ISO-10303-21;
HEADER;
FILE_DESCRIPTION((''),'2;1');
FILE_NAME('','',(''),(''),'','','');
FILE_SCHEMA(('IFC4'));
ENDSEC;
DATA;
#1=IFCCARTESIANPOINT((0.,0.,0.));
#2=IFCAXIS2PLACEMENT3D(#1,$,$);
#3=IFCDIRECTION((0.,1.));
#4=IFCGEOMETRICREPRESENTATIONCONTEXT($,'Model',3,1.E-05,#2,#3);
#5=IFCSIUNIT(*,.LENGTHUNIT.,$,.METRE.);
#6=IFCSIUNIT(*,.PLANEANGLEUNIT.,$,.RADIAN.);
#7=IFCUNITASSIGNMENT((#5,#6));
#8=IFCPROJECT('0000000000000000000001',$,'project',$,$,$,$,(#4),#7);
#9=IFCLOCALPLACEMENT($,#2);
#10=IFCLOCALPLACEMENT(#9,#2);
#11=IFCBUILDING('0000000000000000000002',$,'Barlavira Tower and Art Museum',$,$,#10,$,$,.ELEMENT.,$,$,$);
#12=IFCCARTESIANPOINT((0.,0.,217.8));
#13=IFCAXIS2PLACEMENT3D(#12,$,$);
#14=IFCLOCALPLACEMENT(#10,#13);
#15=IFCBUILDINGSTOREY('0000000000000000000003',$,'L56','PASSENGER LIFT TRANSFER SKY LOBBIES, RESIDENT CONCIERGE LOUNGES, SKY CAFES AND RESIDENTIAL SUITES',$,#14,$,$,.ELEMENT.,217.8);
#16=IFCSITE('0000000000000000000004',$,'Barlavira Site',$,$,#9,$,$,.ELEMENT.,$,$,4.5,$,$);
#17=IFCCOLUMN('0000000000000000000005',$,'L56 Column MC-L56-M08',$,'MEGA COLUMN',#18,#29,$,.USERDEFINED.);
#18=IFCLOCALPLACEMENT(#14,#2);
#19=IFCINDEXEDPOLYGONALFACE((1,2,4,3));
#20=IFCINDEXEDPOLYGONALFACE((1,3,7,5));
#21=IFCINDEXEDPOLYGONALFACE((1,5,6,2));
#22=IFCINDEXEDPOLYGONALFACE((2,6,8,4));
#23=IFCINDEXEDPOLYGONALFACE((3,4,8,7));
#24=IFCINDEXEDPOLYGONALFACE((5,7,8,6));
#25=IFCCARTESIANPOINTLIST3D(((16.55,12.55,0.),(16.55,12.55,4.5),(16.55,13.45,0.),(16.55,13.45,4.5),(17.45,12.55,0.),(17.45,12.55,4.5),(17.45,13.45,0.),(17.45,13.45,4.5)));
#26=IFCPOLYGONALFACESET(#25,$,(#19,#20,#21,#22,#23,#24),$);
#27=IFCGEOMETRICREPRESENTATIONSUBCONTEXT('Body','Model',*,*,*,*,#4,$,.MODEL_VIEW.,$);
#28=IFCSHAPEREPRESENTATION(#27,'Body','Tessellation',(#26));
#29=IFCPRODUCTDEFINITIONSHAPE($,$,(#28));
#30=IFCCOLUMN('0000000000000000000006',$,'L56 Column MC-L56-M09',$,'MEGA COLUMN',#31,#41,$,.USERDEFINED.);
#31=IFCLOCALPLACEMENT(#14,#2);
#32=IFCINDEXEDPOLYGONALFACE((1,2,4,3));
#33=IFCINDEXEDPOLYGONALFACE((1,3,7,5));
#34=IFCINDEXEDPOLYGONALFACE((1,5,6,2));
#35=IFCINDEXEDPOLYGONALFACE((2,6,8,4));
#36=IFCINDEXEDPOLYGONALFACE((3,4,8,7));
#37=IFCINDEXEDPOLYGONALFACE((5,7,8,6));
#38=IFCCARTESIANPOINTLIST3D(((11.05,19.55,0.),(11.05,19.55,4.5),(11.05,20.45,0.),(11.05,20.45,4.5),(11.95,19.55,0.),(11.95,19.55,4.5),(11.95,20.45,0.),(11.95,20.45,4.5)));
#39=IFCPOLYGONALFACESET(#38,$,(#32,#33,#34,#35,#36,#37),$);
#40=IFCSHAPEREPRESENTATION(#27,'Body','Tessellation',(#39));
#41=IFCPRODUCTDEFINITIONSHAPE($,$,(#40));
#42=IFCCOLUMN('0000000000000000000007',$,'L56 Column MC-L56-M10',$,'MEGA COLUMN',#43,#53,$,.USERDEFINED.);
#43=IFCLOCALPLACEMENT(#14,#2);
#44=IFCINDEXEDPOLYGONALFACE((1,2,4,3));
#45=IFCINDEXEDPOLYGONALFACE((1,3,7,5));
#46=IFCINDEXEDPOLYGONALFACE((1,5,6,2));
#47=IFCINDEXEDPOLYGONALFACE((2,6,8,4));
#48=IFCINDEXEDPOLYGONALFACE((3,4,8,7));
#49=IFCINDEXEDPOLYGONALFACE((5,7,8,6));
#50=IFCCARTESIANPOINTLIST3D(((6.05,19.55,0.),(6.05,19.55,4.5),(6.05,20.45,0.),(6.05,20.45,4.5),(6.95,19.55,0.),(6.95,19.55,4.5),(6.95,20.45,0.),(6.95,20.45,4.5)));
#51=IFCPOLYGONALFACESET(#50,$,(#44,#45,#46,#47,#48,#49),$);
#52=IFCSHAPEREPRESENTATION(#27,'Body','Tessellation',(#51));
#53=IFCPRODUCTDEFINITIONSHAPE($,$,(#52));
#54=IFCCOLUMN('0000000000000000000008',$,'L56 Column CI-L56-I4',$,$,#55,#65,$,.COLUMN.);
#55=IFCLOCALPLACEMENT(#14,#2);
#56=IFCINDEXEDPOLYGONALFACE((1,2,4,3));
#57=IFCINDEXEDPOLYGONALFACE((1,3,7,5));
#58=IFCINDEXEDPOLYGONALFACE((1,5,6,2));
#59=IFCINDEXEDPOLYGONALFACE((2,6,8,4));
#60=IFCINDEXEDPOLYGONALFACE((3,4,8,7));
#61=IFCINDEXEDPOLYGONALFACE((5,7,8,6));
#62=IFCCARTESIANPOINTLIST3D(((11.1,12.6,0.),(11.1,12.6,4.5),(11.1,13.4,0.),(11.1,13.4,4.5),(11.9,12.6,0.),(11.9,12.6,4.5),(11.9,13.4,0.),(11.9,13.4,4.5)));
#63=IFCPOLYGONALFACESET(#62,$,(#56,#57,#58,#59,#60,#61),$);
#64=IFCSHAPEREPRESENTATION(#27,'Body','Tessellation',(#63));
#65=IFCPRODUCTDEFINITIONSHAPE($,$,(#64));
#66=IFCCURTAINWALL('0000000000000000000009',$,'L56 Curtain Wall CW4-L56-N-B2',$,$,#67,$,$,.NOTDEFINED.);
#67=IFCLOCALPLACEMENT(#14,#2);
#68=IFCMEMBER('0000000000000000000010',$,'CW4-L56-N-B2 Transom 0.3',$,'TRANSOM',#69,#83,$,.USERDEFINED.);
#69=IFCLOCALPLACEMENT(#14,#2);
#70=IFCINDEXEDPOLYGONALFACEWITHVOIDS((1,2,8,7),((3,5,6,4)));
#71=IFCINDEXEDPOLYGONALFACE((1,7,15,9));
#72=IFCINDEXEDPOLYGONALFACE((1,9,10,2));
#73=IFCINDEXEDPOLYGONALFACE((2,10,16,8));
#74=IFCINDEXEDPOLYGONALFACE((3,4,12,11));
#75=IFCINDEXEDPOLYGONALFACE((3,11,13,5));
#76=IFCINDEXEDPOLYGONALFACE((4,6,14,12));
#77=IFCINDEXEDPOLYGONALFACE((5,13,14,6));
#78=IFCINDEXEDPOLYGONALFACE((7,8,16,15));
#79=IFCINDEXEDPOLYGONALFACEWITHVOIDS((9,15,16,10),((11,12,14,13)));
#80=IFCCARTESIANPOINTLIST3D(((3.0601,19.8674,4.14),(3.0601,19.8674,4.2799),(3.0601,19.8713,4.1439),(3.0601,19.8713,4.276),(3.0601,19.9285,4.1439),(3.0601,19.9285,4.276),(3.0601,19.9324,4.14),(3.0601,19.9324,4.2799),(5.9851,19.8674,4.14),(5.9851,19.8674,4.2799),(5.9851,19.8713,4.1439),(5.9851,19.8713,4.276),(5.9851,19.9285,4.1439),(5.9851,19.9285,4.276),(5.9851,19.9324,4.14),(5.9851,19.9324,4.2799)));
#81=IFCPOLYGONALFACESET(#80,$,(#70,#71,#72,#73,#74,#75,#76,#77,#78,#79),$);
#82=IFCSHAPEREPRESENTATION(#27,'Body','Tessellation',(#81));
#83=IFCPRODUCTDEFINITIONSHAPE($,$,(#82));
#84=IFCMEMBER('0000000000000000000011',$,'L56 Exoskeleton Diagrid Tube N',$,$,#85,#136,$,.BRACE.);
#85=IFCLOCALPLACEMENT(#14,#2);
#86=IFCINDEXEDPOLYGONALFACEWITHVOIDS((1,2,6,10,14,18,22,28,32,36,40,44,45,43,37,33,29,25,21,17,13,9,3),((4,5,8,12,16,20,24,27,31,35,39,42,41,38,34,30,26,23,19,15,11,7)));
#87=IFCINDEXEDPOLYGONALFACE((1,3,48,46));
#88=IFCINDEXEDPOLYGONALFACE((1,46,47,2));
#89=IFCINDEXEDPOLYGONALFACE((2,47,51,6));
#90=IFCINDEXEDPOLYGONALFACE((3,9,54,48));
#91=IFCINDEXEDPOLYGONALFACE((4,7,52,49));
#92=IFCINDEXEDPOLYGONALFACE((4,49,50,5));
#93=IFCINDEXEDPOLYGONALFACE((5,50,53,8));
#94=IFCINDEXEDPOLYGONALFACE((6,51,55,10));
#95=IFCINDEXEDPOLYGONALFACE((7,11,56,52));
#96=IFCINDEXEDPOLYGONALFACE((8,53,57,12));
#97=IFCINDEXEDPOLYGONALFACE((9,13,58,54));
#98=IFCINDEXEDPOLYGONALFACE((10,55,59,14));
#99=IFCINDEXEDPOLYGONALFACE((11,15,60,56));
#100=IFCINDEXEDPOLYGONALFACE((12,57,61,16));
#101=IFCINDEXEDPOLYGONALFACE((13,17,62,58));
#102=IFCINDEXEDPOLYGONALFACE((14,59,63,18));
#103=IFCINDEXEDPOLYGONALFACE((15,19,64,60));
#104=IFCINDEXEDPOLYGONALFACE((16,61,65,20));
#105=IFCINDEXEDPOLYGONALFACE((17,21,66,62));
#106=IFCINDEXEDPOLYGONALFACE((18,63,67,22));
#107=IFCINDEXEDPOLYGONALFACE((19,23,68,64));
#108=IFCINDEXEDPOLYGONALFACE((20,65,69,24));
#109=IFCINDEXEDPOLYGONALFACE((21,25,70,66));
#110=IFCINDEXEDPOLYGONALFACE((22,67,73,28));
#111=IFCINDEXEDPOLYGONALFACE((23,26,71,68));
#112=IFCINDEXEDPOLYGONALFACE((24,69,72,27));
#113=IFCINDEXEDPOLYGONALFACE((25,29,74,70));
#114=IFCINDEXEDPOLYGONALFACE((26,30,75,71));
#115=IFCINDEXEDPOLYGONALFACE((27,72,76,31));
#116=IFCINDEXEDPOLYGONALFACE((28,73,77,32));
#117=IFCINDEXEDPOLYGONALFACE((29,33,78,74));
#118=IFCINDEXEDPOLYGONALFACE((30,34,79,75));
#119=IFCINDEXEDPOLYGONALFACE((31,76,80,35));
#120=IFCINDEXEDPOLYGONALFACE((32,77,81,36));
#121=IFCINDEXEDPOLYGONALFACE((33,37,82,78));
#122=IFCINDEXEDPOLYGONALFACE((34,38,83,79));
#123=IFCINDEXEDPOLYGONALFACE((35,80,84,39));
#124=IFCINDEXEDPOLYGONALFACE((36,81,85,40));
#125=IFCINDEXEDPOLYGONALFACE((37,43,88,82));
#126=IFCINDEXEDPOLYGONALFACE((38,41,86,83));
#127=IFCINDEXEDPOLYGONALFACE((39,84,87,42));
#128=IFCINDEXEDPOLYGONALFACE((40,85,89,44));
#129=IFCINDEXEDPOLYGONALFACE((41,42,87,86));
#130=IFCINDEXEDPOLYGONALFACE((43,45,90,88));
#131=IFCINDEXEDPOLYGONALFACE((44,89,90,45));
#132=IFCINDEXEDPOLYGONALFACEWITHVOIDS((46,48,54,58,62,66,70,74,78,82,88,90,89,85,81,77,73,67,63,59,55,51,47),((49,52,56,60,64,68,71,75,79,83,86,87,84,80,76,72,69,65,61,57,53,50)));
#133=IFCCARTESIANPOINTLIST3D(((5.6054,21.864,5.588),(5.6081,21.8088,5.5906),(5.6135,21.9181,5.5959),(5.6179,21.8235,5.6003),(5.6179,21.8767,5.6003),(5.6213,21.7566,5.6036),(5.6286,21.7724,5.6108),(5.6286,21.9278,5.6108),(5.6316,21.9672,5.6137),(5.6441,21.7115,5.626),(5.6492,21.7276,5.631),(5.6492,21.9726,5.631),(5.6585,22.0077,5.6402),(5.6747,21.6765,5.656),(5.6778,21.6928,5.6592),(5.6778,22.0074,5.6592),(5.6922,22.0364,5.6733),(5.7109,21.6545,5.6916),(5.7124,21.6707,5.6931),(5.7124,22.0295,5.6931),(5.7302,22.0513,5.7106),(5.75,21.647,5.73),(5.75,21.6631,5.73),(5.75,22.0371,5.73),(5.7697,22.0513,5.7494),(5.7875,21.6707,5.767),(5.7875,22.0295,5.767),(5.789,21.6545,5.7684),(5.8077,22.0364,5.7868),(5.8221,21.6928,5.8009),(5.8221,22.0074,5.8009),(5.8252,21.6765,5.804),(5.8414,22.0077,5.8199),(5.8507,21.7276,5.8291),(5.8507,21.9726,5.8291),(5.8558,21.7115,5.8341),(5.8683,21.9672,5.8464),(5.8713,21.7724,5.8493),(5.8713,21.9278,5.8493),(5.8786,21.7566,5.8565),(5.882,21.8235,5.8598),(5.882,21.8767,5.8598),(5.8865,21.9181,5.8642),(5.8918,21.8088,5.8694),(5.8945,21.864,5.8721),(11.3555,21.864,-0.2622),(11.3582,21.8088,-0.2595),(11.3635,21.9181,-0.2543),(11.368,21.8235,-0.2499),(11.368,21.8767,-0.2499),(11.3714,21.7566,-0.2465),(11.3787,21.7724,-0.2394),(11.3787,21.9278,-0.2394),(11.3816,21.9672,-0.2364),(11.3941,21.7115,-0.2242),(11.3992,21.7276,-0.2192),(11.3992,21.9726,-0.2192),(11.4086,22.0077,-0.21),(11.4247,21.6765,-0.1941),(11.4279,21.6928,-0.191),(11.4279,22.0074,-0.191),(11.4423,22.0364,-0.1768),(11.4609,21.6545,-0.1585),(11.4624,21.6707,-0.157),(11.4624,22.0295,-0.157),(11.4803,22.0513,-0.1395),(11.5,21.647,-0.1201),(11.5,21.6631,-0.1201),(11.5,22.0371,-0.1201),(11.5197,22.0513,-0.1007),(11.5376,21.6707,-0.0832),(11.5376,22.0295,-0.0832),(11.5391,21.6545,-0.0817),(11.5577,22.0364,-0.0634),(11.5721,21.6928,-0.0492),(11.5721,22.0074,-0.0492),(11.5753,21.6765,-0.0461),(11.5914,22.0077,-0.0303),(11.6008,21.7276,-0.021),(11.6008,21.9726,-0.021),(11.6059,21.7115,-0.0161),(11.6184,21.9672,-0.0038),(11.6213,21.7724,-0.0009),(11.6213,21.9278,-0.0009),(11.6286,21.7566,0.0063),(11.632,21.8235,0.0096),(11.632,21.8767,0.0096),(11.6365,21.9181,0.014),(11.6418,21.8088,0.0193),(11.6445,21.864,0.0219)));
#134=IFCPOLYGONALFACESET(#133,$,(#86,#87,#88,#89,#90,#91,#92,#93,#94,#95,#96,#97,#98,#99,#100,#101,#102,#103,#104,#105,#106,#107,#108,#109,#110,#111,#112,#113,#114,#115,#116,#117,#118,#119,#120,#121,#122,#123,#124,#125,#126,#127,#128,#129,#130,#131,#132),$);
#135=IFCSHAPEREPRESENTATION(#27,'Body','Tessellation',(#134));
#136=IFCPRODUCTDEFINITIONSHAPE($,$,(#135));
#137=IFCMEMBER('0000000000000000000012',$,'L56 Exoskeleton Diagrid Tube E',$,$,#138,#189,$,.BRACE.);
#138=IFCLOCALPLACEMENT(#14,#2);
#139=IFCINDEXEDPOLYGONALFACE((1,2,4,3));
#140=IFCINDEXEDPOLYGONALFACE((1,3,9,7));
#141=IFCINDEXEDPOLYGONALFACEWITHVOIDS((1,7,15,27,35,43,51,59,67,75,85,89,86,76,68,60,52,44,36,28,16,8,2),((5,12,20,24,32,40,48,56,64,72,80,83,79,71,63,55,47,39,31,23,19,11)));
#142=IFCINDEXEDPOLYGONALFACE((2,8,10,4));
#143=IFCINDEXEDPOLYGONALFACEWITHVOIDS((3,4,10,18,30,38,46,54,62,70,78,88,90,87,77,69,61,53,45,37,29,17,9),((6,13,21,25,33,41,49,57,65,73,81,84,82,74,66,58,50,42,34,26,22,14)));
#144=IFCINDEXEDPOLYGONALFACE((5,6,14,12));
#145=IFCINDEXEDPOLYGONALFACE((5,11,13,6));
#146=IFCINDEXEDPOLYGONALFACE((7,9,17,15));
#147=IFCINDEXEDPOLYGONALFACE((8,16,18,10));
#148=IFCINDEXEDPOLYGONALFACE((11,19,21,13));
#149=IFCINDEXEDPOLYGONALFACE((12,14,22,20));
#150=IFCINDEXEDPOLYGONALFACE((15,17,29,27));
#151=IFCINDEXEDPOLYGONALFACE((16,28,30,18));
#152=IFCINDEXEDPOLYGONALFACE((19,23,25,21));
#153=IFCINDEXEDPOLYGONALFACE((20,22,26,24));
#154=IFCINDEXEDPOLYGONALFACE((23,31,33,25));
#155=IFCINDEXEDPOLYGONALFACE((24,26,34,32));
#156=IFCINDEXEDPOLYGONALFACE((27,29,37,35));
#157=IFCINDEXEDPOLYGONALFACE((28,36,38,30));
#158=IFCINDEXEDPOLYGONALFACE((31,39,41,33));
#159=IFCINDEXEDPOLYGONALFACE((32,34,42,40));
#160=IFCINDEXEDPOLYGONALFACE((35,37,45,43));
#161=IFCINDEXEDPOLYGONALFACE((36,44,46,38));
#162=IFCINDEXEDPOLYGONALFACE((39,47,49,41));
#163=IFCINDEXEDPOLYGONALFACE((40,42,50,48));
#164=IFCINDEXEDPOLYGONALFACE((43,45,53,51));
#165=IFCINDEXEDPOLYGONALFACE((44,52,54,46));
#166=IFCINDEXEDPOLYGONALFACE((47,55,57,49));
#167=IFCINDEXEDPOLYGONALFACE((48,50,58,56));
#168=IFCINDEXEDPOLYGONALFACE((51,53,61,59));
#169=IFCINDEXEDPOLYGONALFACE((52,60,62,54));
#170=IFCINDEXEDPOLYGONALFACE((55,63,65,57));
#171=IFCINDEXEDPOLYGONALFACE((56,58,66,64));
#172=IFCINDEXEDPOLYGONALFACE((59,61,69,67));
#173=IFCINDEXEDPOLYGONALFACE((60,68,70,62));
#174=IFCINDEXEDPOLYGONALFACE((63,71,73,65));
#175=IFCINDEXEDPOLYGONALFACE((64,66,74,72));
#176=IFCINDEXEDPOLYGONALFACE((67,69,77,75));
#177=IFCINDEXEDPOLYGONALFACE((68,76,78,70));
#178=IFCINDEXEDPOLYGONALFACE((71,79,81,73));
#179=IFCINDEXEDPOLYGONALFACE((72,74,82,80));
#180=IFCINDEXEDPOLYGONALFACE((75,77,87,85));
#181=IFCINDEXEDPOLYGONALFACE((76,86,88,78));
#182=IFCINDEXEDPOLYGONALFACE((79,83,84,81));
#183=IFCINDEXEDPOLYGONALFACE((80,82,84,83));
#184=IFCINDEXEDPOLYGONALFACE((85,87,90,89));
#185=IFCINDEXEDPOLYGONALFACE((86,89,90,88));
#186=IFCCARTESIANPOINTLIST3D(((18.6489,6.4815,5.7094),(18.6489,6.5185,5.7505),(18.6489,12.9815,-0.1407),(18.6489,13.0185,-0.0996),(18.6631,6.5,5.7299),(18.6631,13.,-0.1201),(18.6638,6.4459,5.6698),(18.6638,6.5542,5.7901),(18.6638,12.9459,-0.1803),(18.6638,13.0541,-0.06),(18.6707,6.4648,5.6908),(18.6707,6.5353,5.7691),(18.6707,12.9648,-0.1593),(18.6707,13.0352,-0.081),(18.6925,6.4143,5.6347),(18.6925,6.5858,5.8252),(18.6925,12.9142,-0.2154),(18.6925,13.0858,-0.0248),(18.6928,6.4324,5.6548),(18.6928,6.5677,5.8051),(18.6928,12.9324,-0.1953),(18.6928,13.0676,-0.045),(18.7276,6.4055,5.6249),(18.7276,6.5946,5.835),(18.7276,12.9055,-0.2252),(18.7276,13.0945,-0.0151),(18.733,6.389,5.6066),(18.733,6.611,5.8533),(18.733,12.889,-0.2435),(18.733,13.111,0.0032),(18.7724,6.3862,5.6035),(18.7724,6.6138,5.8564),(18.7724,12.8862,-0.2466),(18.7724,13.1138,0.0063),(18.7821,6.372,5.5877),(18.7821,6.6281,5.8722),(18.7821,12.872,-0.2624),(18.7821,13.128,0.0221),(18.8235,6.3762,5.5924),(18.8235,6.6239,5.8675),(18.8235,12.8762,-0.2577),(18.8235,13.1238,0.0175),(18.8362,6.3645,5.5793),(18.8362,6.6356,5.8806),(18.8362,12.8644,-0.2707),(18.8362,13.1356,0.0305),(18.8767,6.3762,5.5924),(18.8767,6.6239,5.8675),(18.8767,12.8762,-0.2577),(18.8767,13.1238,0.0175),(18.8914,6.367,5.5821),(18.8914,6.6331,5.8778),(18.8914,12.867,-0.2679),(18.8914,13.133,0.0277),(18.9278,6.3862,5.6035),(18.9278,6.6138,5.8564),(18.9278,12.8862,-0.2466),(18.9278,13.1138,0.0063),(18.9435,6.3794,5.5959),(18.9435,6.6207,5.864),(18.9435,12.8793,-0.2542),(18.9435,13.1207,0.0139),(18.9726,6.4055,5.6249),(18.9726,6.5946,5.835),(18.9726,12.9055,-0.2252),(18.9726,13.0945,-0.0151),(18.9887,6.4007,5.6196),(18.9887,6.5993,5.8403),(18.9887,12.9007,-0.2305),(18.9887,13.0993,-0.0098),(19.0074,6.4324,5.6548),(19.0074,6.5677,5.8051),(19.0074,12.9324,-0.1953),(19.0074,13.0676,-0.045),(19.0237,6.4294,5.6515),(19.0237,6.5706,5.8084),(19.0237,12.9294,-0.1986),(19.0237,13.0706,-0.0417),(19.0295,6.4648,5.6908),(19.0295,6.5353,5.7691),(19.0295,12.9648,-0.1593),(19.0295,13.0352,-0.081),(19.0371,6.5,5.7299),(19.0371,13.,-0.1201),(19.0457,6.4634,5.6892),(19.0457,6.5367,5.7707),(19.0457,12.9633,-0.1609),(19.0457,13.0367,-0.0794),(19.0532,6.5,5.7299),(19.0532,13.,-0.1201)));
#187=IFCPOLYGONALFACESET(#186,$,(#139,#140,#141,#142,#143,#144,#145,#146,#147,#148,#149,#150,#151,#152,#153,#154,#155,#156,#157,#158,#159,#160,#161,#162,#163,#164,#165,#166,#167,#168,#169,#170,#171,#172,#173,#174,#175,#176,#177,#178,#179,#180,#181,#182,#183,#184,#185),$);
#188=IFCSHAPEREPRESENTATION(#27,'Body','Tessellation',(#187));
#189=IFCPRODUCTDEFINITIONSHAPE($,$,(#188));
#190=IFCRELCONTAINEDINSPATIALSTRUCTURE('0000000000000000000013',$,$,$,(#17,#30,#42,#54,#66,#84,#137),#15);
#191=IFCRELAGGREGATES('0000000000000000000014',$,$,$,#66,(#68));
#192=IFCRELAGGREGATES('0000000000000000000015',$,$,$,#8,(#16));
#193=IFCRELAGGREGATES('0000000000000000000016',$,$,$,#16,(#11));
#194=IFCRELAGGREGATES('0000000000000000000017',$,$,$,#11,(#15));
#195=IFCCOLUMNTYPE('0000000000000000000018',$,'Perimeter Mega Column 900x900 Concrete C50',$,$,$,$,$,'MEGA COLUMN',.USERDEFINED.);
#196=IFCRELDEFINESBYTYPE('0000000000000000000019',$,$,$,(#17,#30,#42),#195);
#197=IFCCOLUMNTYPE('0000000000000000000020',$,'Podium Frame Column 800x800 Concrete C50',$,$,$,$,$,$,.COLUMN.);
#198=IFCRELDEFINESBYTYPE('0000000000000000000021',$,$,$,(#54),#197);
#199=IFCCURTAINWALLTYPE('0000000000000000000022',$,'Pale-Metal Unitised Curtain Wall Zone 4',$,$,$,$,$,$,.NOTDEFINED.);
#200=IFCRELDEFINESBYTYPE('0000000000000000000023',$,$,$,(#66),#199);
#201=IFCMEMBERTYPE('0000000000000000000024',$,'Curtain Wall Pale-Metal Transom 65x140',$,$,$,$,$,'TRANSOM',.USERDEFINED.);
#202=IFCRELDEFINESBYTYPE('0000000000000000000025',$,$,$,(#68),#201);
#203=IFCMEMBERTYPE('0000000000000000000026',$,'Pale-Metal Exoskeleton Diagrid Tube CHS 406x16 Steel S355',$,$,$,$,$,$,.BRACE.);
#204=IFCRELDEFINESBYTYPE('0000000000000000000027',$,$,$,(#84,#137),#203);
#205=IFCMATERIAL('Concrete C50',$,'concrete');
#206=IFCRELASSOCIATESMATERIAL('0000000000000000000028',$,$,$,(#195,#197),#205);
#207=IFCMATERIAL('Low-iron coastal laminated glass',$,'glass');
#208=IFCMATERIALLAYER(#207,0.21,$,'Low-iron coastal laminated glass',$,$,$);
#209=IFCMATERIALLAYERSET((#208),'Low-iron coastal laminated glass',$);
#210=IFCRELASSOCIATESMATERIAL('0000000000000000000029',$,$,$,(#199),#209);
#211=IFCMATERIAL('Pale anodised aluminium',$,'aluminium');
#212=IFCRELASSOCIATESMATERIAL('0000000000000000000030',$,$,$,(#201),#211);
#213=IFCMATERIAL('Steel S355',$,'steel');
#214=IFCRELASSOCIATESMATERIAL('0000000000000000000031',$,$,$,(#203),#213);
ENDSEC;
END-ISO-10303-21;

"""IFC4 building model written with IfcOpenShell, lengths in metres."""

from ifc_helpers import new_model, si_unit, direction, frame, origin, origin_2d, place, context, subcontext, project, spatial, rectangle, hollow_rectangle, hollow_circle, extrude, material, layer, layer_set, material_profile, profile_set, type_object, element, aggregate, save


model = new_model("IFC4")

# Units and contexts
model_context = context("Model", 3, precision=1e-05, world=origin(), true_north=direction((0.0, 1.0)))
body_context = subcontext(model_context, "Body", "Model", "MODEL_VIEW")
ifc_project = project(units=[si_unit("LENGTHUNIT", "METRE"), si_unit("PLANEANGLEUNIT", "RADIAN")], contexts=[model_context])

# Site, building, storey
site_placement = place(None, origin())
site = spatial("IfcSite", under=ifc_project, at=site_placement, Name="Barlavira Site", CompositionType="ELEMENT", RefElevation=4.5)
building_placement = place(site_placement, origin())
building = spatial("IfcBuilding", under=site, at=building_placement, Name="Barlavira Tower and Art Museum", CompositionType="ELEMENT")
storey_placement = place(building_placement, frame((0.0, 0.0, 217.8)))
storey = spatial("IfcBuildingStorey", under=building, at=storey_placement, Name="L56", Description="PASSENGER LIFT TRANSFER SKY LOBBIES, RESIDENT CONCIERGE LOUNGES, SKY CAFES AND RESIDENTIAL SUITES", CompositionType="ELEMENT", Elevation=217.8)

# Columns
ifc_material_1 = material(Name="Concrete C50", Category="concrete")
ifc_material_profile_1 = material_profile(ifc_material_1, rectangle(XDim=0.8999, YDim=0.8999, at=origin_2d()), Name="RC-COL 900x900")
ifc_profile_set_1 = profile_set([ifc_material_profile_1], Name="Concrete C50")
column_type_1 = type_object("IfcColumnType", Name="Perimeter Mega Column 900x900 Concrete C50", ElementType="MEGA COLUMN", PredefinedType="USERDEFINED", material=ifc_profile_set_1)
for number, where, z_axis, x_axis, name in (
    (1, (17.0, 13.0, 0.0), (0.0, 0.0, 1.0), (1.0, 0.0, 0.0), "L56 Column MC-L56-M08"),
    (2, (11.5, 20.0, 0.0), (0.0, 0.0, 1.0), (1.0, 0.0, 0.0), "L56 Column MC-L56-M09"),
    (3, (6.5, 20.0, 0.0), (0.0, 0.0, 1.0), (1.0, 0.0, 0.0), "L56 Column MC-L56-M10"),
):
    element("IfcColumn", number, at=place(storey_placement, frame(where, z_axis=z_axis, x_axis=x_axis)), inside=storey, type_object=column_type_1, Name=name, ObjectType="MEGA COLUMN", PredefinedType="USERDEFINED", context=body_context, shape_type="SweptSolid", body=[
        extrude(rectangle(XDim=0.8999, YDim=0.8999, at=origin_2d()), origin(), (0.0, 0.0, 1.0), 4.5),
    ])
ifc_material_profile_2 = material_profile(ifc_material_1, rectangle(XDim=0.8, YDim=0.8, at=origin_2d()), Name="RC-COL 800x800")
ifc_profile_set_2 = profile_set([ifc_material_profile_2], Name="Concrete C50")
column_type_2 = type_object("IfcColumnType", Name="Podium Frame Column 800x800 Concrete C50", PredefinedType="COLUMN", material=ifc_profile_set_2)
column_placement = place(storey_placement, frame((11.5, 13.0, 0.0), z_axis=(0.0, 0.0, 1.0), x_axis=(1.0, 0.0, 0.0)))
element("IfcColumn", 4, at=column_placement, inside=storey, type_object=column_type_2, Name="L56 Column CI-L56-I4", PredefinedType="COLUMN", context=body_context, shape_type="SweptSolid", body=[
    extrude(rectangle(XDim=0.8, YDim=0.8, at=origin_2d()), origin(), (0.0, 0.0, 1.0), 4.5),
])

# Curtain wall, member
ifc_material_2 = material(Name="Low-iron coastal laminated glass", Category="glass")
ifc_layer_1 = layer(ifc_material_2, 0.21, Name="Low-iron coastal laminated glass")
ifc_layer_set_1 = layer_set([ifc_layer_1], Name="Low-iron coastal laminated glass")
curtain_wall_type = type_object("IfcCurtainWallType", Name="Pale-Metal Unitised Curtain Wall Zone 4", PredefinedType="NOTDEFINED", material=ifc_layer_set_1)
curtain_wall_placement = place(storey_placement, origin())
curtain_wall = element("IfcCurtainWall", 5, at=curtain_wall_placement, inside=storey, type_object=curtain_wall_type, Name="L56 Curtain Wall CW4-L56-N-B2", PredefinedType="NOTDEFINED")
ifc_material_3 = material(Name="Pale anodised aluminium", Category="aluminium")
ifc_material_profile_3 = material_profile(ifc_material_3, hollow_rectangle(XDim=0.0649, YDim=0.1399, WallThickness=0.0039, at=origin_2d()), Name="ALU-TRAN 65x140x4")
ifc_profile_set_3 = profile_set([ifc_material_profile_3], Name="Pale anodised aluminium")
member_type_1 = type_object("IfcMemberType", Name="Curtain Wall Pale-Metal Transom 65x140", ElementType="TRANSOM", PredefinedType="USERDEFINED", material=ifc_profile_set_3)
member_1_placement = place(storey_placement, frame((5.9851, 19.8999, 4.21), z_axis=(-1.0, 0.0, 0.0), x_axis=(0.0, -1.0, 0.0)))
member_1 = element("IfcMember", 6, at=member_1_placement, type_object=member_type_1, Name="CW4-L56-N-B2 Transom 0.3", ObjectType="TRANSOM", PredefinedType="USERDEFINED", context=body_context, shape_type="SweptSolid", body=[
    extrude(hollow_rectangle(XDim=0.0649, YDim=0.1399, WallThickness=0.0039, at=origin_2d()), origin(), (0.0, 0.0, 1.0), 2.925),
])
aggregate(curtain_wall, [member_1])

# Members
ifc_material_4 = material(Name="Steel S355", Category="steel")
ifc_material_profile_4 = material_profile(ifc_material_4, hollow_circle(Radius=0.2031, WallThickness=0.0161, at=origin_2d()), Name="CHS 406.4x16.0")
ifc_profile_set_4 = profile_set([ifc_material_profile_4], Name="Steel S355")
member_type_2 = type_object("IfcMemberType", Name="Pale-Metal Exoskeleton Diagrid Tube CHS 406x16 Steel S355", PredefinedType="BRACE", material=ifc_profile_set_4)
member_2_placement = place(storey_placement, frame((11.5, 21.8501, -0.1201), z_axis=(-0.700979, 0.0, 0.713182), x_axis=(0.0, -1.0, 0.0)))
element("IfcMember", 7, at=member_2_placement, inside=storey, type_object=member_type_2, Name="L56 Exoskeleton Diagrid Tube N", PredefinedType="BRACE", context=body_context, shape_type="SweptSolid", body=[
    extrude(hollow_circle(Radius=0.2031, WallThickness=0.0161, at=origin_2d()), origin(), (0.0, 0.0, 1.0), 8.2029),
])
member_3_placement = place(storey_placement, frame((18.8501, 13.0, -0.1201), z_axis=(0.0, -0.743289, 0.668971), x_axis=(1.0, 0.0, 0.0)))
element("IfcMember", 8, at=member_3_placement, inside=storey, type_object=member_type_2, Name="L56 Exoskeleton Diagrid Tube E", PredefinedType="BRACE", context=body_context, shape_type="SweptSolid", body=[
    extrude(hollow_circle(Radius=0.2031, WallThickness=0.0161, at=origin_2d()), origin(), (0.0, 0.0, 1.0), 8.7449),
])

save(model, "model.ifc")
